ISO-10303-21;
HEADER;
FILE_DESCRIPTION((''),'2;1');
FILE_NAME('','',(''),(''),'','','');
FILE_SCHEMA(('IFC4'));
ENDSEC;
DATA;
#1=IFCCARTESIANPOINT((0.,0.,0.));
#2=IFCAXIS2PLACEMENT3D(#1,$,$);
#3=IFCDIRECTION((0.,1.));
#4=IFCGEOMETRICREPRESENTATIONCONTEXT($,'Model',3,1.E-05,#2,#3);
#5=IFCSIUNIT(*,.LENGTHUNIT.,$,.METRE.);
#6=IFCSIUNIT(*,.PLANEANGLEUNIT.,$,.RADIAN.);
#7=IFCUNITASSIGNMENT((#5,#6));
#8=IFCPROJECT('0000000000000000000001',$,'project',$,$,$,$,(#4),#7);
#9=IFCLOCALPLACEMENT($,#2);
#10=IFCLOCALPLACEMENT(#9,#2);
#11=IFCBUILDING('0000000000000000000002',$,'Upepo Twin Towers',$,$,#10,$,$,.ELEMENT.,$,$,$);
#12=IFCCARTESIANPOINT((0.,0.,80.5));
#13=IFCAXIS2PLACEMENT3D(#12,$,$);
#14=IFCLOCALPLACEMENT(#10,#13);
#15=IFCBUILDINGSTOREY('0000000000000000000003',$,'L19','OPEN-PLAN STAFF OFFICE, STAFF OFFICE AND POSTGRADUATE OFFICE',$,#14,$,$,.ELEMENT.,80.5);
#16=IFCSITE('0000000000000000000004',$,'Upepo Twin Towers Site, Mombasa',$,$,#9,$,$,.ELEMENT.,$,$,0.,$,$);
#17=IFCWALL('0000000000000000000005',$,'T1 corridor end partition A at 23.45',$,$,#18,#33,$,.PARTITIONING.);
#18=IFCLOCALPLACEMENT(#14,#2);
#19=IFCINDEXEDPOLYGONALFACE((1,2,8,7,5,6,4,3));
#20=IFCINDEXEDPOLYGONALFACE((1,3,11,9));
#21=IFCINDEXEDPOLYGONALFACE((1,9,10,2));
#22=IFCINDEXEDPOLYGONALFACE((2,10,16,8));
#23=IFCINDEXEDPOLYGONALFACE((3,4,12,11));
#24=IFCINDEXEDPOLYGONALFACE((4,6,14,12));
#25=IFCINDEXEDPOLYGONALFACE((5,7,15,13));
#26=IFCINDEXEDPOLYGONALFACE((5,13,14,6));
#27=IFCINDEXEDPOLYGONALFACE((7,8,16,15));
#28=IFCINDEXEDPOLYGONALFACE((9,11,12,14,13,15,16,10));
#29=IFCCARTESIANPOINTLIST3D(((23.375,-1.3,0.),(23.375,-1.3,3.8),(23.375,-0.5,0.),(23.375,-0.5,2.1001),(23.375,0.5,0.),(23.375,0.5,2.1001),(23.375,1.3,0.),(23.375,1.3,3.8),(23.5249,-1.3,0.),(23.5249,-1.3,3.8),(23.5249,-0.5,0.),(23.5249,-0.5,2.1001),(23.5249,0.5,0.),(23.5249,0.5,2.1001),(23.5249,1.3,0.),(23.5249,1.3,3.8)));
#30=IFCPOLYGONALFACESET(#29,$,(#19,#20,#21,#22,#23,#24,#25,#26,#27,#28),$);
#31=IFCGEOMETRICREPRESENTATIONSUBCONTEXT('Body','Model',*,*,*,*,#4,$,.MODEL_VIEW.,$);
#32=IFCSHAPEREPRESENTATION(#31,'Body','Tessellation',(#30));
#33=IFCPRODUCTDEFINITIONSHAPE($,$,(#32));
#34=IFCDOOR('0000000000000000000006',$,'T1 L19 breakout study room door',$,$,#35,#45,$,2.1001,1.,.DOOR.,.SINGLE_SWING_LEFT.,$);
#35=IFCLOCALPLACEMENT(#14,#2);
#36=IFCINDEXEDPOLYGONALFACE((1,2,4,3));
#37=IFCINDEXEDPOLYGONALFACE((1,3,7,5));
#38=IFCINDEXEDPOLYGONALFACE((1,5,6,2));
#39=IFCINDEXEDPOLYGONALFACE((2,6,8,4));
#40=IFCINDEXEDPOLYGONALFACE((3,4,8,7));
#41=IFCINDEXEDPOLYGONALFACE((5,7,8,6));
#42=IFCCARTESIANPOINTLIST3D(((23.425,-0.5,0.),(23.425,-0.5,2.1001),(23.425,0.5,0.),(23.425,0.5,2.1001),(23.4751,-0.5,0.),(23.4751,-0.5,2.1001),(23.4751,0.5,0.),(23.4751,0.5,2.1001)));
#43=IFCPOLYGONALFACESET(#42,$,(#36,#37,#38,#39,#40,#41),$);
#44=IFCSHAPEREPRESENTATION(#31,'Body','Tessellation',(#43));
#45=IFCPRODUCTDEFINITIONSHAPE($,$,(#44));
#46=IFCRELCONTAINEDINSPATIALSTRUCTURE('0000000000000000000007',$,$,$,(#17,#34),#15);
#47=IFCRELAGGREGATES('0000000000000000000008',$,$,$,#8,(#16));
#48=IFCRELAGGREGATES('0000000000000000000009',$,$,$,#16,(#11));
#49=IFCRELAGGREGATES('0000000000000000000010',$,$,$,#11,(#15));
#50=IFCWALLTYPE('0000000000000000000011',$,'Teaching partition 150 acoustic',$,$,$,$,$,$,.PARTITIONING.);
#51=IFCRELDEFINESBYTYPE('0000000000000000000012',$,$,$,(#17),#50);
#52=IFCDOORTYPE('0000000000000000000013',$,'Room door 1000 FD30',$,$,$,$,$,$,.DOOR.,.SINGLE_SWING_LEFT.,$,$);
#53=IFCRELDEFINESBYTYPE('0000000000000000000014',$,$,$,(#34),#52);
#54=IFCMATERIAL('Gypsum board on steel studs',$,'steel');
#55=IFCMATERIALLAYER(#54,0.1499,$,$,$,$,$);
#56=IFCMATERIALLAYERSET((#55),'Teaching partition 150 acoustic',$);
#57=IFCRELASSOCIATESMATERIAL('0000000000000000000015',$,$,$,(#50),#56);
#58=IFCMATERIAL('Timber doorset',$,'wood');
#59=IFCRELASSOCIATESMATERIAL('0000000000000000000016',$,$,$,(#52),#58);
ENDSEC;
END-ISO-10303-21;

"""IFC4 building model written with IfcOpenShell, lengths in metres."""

from ifc_helpers import new_model, si_unit, direction, frame, frame_2d, origin, place, context, subcontext, project, spatial, rectangle, extrude, material, layer, layer_set, type_object, element, fill, save


model = new_model("IFC4")

# Units and contexts
model_context = context("Model", 3, precision=1e-05, world=origin(), true_north=direction((0.0, 1.0)))
body_context = subcontext(model_context, "Body", "Model", "MODEL_VIEW")
ifc_project = project(units=[si_unit("LENGTHUNIT", "METRE"), si_unit("PLANEANGLEUNIT", "RADIAN")], contexts=[model_context])

# Site, building, storey
site_placement = place(None, origin())
site = spatial("IfcSite", under=ifc_project, at=site_placement, Name="Upepo Twin Towers Site, Mombasa", CompositionType="ELEMENT", RefElevation=0.0)
building_placement = place(site_placement, origin())
building = spatial("IfcBuilding", under=site, at=building_placement, Name="Upepo Twin Towers", CompositionType="ELEMENT")
storey_placement = place(building_placement, frame((0.0, 0.0, 80.5)))
storey = spatial("IfcBuildingStorey", under=building, at=storey_placement, Name="L19", Description="OPEN-PLAN STAFF OFFICE, STAFF OFFICE AND POSTGRADUATE OFFICE", CompositionType="ELEMENT", Elevation=80.5)

# Wall, opening, door
ifc_material_1 = material(Name="Gypsum board on steel studs", Category="steel")
ifc_layer_1 = layer(ifc_material_1, 0.1499)
ifc_layer_set_1 = layer_set([ifc_layer_1], Name="Teaching partition 150 acoustic")
wall_type_1 = type_object("IfcWallType", Name="Teaching partition 150 acoustic", PredefinedType="PARTITIONING", material=ifc_layer_set_1)
wall_1_placement = place(storey_placement, frame((23.45, -1.3, 0.0), z_axis=(0.0, 0.0, 1.0), x_axis=(0.0, 1.0, 0.0)))
wall_1 = element("IfcWall", 1, at=wall_1_placement, inside=storey, type_object=wall_type_1, Name="T1 corridor end partition A at 23.45", PredefinedType="PARTITIONING", context=body_context, shape_type="SweptSolid", body=[
    extrude(rectangle(XDim=2.6001, YDim=0.1499, at=frame_2d((1.3, 0.0))), origin(), (0.0, 0.0, 1.0), 3.8),
])
opening_1_placement = place(wall_1_placement, frame((0.8, 0.0, 0.0)))
opening_1 = element("IfcOpeningElement", 2, at=opening_1_placement, cuts=wall_1, PredefinedType="OPENING", context=body_context, shape_type="SweptSolid", body=[
    extrude(rectangle(XDim=1.0, YDim=2.1001, at=frame_2d((0.5, 1.05))), frame((0.0, 0.085, 0.0), z_axis=(0.0, -1.0, 0.0), x_axis=(1.0, 0.0, 0.0)), (0.0, 0.0, 1.0), 0.1699),
])
ifc_material_2 = material(Name="Timber doorset", Category="wood")
door_type_1 = type_object("IfcDoorType", Name="Room door 1000 FD30", OperationType="SINGLE_SWING_LEFT", PredefinedType="DOOR", material=ifc_material_2)
door_1_placement = place(opening_1_placement, origin())
door_1 = element("IfcDoor", 3, at=door_1_placement, inside=storey, type_object=door_type_1, Name="T1 L19 breakout study room door", OperationType="SINGLE_SWING_LEFT", OverallHeight=2.1001, OverallWidth=1.0, PredefinedType="DOOR", context=body_context, shape_type="SweptSolid", body=[
    extrude(rectangle(XDim=1.0, YDim=2.1001, at=frame_2d((0.5, 1.05))), frame((0.0, 0.0249, 0.0), z_axis=(0.0, -1.0, 0.0), x_axis=(1.0, 0.0, 0.0)), (0.0, 0.0, 1.0), 0.05),
])
fill(opening_1, door_1)

save(model, "model.ifc")
